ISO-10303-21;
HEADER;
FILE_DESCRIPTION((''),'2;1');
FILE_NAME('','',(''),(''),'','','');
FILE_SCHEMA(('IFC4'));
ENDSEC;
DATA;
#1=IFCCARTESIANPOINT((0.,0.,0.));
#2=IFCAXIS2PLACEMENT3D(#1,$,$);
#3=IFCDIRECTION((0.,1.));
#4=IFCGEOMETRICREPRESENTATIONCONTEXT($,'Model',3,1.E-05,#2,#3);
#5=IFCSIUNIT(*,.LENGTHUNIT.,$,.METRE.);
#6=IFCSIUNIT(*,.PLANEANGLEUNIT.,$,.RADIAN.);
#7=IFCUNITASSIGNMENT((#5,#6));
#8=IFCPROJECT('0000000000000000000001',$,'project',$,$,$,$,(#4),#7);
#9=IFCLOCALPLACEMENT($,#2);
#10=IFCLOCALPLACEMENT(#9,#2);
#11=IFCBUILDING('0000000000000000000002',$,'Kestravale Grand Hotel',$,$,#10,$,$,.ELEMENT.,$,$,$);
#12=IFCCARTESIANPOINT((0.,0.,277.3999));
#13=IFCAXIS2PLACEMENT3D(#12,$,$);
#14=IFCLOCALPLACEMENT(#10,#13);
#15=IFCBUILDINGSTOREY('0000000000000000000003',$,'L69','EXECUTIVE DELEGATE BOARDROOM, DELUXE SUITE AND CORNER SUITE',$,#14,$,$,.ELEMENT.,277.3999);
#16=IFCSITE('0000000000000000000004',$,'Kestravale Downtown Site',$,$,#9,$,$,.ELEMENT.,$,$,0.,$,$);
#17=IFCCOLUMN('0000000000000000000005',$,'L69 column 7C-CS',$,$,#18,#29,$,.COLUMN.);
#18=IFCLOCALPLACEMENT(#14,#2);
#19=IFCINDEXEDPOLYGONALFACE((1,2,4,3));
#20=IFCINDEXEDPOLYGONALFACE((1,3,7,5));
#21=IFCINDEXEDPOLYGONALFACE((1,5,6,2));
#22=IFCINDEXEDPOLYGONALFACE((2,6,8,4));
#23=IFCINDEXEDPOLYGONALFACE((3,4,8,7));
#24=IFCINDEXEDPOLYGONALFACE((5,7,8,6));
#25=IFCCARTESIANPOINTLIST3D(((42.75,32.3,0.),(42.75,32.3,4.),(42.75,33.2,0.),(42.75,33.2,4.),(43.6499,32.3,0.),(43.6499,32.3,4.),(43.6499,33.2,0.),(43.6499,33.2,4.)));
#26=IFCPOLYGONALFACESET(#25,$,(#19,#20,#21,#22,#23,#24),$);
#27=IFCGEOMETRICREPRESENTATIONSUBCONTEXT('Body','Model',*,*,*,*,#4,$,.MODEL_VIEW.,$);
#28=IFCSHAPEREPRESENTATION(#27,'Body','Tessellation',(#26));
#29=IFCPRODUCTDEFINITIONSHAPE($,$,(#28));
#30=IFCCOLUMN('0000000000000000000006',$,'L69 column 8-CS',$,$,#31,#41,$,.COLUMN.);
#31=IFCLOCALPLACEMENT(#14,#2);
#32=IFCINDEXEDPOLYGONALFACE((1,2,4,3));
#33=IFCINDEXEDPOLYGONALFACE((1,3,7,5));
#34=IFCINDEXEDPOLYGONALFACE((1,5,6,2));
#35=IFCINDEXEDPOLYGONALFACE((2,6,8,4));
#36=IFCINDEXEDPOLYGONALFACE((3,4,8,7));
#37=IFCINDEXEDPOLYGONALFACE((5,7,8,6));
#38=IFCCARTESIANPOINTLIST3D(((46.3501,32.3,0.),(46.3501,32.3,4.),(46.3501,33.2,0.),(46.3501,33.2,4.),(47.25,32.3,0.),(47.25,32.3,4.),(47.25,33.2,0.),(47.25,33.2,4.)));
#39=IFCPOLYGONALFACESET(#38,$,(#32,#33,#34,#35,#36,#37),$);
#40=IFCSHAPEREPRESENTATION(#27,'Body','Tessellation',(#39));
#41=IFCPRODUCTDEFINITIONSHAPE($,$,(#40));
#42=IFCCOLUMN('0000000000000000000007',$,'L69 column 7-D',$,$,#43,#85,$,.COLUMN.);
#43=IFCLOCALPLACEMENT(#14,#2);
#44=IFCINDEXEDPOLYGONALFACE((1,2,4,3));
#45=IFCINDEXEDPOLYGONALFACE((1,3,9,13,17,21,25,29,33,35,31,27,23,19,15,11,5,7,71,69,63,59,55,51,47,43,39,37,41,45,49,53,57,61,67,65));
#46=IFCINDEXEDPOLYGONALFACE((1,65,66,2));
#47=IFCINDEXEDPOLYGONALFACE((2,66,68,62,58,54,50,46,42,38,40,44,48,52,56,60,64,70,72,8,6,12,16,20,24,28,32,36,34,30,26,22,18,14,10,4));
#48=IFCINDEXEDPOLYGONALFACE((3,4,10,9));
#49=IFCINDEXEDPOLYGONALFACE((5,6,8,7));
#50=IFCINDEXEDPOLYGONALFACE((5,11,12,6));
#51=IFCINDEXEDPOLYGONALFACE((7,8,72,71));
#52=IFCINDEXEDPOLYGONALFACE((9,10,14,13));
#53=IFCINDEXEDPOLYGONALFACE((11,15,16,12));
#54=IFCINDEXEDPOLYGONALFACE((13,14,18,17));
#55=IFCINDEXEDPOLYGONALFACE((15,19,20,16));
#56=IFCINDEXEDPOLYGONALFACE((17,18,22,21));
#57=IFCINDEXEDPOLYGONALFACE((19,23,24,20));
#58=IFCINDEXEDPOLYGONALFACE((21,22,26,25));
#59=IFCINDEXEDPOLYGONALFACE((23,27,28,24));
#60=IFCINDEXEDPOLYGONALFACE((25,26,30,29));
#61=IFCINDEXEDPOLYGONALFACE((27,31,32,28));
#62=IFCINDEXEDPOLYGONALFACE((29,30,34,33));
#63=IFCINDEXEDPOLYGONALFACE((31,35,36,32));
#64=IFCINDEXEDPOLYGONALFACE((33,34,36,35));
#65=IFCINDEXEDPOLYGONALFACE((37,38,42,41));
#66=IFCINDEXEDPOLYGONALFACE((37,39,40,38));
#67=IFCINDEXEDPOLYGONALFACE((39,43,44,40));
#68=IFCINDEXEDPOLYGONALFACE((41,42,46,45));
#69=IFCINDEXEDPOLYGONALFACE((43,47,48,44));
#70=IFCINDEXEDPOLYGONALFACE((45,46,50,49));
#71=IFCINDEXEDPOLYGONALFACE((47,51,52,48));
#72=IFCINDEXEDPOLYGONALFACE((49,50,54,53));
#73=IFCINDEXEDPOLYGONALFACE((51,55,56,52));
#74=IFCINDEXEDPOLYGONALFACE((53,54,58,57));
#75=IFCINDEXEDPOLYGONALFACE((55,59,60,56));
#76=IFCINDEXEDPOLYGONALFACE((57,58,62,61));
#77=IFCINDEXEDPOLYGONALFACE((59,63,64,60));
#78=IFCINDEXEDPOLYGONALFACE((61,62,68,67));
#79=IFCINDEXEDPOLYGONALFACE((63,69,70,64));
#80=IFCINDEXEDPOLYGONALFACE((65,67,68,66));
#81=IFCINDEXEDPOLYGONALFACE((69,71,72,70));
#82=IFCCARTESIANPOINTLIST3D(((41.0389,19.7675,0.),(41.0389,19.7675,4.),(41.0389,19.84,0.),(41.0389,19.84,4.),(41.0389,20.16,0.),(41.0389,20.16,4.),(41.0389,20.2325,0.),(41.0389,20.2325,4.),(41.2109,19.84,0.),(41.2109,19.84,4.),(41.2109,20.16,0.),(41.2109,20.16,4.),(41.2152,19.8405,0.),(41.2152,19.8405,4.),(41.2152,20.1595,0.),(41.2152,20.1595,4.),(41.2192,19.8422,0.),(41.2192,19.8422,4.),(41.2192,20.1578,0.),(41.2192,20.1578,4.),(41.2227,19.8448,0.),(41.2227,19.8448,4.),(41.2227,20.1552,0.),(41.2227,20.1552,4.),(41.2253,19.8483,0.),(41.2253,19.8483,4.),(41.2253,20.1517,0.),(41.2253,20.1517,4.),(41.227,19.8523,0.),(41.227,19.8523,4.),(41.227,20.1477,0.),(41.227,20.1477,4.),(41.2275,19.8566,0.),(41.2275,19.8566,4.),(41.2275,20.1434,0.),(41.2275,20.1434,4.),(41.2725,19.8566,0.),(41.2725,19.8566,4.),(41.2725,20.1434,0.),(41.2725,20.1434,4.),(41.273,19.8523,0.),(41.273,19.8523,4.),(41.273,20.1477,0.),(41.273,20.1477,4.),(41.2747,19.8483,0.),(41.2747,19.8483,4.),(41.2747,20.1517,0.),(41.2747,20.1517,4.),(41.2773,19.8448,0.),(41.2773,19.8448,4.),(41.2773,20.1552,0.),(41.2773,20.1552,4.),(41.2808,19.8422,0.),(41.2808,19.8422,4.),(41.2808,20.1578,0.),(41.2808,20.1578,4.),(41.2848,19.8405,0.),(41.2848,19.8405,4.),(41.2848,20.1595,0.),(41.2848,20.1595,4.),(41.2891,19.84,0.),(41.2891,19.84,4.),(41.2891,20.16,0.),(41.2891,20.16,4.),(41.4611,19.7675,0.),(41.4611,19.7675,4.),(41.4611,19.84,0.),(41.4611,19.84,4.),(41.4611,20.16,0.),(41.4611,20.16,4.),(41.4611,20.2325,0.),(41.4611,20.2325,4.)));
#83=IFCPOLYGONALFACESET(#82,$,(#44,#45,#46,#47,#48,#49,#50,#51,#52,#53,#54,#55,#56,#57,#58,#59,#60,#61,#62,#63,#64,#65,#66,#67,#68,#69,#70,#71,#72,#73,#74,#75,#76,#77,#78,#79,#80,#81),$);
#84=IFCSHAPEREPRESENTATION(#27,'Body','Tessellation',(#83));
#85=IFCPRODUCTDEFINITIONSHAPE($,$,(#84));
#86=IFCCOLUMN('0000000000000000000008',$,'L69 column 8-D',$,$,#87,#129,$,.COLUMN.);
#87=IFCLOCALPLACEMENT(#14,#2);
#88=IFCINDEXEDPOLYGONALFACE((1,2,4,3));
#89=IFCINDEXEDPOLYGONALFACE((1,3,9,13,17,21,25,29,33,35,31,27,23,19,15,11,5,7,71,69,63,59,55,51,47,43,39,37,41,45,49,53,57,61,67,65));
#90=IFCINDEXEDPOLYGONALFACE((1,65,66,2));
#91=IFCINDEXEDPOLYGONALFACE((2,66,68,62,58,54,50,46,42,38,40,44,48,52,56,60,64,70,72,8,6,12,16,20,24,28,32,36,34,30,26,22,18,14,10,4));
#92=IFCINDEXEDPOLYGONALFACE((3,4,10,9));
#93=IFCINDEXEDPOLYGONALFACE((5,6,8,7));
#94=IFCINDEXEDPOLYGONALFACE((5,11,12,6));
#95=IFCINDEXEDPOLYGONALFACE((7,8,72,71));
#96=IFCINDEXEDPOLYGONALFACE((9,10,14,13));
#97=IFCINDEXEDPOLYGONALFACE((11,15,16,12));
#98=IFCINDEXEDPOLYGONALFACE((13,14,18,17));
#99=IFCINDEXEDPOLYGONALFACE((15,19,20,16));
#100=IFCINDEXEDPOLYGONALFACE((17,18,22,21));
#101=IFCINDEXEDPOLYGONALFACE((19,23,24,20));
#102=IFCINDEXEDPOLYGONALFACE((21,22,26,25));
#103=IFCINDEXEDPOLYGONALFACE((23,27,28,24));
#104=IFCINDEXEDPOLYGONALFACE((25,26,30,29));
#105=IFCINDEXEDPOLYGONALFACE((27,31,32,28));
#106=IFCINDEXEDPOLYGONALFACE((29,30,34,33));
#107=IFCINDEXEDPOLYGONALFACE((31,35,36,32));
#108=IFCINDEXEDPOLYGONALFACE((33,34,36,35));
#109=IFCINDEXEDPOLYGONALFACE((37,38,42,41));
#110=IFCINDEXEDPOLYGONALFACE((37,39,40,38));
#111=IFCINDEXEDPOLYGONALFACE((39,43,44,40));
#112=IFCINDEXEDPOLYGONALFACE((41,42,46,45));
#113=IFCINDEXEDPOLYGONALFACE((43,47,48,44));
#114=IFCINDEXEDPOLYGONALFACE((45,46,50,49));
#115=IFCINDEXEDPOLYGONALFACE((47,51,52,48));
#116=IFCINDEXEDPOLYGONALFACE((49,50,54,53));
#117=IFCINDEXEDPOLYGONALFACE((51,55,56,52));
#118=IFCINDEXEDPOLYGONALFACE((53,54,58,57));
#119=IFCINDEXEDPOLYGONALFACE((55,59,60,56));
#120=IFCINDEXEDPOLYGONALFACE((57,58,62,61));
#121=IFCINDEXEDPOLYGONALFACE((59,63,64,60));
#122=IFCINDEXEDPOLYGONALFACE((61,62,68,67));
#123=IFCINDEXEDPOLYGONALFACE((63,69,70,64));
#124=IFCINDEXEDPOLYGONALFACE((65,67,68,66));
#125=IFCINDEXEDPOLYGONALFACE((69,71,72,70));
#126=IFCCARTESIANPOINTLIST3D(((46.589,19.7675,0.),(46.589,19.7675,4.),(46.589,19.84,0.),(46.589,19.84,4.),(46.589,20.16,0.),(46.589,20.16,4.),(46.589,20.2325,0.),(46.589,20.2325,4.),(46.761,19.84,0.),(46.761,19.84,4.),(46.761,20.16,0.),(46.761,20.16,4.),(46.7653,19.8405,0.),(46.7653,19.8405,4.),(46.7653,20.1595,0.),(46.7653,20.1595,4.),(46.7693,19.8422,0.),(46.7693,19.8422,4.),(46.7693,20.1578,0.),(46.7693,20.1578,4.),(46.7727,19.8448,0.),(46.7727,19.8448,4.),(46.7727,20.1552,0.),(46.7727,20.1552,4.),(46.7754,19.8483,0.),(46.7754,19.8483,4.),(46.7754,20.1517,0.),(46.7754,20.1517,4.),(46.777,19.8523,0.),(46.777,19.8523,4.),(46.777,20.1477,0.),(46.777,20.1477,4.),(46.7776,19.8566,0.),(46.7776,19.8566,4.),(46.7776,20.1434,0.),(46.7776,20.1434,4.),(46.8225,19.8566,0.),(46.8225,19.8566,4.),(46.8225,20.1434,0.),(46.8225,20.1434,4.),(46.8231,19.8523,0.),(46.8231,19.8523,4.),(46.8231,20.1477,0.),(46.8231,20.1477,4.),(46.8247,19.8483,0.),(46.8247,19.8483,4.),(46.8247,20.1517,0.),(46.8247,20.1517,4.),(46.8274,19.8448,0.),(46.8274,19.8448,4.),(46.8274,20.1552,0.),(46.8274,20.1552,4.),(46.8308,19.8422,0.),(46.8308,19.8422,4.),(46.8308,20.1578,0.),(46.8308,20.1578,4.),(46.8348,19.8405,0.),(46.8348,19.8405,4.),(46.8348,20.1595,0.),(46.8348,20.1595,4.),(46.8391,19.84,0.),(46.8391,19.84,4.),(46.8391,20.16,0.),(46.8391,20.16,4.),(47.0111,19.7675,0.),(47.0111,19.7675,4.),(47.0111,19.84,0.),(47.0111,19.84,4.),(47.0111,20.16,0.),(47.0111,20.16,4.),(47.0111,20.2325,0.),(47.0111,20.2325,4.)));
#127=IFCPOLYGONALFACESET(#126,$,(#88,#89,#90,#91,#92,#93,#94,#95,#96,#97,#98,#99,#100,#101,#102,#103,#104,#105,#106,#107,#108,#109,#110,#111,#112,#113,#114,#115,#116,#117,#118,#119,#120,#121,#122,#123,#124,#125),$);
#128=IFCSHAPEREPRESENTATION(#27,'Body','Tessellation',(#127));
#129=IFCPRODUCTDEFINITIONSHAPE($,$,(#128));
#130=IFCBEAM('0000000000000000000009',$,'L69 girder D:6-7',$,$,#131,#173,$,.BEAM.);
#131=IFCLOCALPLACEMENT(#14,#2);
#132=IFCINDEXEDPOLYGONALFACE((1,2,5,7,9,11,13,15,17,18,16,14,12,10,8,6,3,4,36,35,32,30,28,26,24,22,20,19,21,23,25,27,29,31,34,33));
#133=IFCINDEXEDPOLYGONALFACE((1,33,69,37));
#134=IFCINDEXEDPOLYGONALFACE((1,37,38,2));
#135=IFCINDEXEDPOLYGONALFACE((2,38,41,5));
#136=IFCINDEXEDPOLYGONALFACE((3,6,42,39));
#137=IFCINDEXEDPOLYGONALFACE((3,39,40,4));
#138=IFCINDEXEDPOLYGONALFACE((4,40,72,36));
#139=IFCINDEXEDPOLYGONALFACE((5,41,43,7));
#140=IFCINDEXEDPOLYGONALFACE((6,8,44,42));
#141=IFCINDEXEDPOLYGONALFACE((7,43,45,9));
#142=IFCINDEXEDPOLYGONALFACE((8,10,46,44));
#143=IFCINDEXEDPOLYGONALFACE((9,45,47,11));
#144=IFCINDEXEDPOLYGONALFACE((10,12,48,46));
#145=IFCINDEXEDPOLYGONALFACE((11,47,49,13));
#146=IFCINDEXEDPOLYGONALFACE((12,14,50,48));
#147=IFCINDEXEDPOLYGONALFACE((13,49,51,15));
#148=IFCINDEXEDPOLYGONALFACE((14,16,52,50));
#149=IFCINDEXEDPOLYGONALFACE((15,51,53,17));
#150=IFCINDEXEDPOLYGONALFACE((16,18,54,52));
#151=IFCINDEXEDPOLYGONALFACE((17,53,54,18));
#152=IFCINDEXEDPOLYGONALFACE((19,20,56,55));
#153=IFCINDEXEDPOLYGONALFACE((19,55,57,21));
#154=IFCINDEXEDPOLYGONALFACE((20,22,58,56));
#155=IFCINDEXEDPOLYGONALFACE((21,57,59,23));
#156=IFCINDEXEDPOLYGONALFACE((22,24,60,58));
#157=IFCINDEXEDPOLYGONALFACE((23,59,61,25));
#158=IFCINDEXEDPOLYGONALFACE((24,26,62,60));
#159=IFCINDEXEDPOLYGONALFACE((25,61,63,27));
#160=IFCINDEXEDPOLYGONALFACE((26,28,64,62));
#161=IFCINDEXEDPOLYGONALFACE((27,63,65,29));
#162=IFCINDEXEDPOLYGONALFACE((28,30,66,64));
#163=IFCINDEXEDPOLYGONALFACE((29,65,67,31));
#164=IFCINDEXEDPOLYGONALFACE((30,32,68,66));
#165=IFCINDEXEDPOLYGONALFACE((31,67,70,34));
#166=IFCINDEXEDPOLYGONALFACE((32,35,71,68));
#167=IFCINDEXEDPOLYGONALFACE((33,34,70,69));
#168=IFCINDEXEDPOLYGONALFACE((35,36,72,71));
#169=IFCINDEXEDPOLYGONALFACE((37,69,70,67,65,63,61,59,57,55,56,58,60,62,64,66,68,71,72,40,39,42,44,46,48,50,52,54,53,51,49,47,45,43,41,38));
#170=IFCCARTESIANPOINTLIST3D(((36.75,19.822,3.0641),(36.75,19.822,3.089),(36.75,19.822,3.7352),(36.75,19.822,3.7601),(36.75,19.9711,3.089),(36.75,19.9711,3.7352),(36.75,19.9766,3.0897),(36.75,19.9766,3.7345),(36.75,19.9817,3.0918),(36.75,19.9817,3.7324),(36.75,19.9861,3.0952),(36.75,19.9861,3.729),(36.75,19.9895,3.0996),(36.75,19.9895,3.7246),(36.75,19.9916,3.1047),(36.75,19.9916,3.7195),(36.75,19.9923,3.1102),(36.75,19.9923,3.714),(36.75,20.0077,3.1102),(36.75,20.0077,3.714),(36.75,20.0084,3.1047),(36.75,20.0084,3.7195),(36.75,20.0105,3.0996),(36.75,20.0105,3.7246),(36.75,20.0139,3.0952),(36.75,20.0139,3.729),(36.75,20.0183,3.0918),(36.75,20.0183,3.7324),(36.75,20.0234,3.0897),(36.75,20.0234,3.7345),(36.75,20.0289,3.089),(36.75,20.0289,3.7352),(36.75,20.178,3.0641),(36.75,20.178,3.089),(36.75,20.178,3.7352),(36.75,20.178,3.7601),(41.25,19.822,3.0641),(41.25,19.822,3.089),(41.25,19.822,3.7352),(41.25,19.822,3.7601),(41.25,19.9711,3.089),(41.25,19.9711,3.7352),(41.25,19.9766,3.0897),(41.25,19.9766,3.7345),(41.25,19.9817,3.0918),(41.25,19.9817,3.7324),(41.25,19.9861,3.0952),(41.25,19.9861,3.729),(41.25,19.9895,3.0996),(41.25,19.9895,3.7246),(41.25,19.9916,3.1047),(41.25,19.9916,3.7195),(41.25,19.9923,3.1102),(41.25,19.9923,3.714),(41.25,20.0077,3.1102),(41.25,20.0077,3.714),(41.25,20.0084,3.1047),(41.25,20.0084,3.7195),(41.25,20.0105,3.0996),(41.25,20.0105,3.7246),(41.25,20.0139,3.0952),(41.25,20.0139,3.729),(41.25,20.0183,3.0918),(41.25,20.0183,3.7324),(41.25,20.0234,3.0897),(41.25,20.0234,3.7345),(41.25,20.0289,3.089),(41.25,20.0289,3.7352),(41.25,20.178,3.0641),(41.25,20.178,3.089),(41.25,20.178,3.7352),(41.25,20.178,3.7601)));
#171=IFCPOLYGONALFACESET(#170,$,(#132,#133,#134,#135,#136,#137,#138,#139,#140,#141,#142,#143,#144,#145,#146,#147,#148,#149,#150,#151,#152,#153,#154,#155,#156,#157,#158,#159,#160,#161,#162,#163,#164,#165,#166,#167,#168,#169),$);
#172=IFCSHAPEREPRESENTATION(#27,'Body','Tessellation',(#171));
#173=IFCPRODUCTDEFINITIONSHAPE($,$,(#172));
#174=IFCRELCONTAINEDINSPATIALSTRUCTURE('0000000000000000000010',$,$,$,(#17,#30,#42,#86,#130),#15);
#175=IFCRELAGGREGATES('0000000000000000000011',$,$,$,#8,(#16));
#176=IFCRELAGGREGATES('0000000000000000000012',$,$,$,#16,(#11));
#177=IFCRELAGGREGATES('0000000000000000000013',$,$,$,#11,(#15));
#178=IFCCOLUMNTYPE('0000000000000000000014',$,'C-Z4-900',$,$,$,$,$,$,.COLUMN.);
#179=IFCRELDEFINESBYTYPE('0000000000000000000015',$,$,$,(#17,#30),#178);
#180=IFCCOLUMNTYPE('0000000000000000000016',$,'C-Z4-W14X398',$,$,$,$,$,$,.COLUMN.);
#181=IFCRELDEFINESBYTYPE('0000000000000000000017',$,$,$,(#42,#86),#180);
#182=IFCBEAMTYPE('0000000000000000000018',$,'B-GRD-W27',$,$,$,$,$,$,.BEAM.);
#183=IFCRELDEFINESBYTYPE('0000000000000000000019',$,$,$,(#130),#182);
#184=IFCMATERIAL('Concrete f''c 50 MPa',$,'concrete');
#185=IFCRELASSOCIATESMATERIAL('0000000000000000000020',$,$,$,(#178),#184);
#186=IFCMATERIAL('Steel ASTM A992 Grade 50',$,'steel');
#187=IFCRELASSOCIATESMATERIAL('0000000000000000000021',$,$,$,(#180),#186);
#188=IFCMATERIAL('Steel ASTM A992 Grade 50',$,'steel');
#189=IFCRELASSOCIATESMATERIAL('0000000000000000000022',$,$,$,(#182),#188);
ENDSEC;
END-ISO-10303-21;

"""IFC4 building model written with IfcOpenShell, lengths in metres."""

from ifc_helpers import new_model, si_unit, direction, frame, origin, origin_2d, place, context, subcontext, project, spatial, rectangle, i_section, extrude, material, material_profile, profile_set, type_object, element, save


model = new_model("IFC4")

# Units and contexts
model_context = context("Model", 3, precision=1e-05, world=origin(), true_north=direction((0.0, 1.0)))
body_context = subcontext(model_context, "Body", "Model", "MODEL_VIEW")
ifc_project = project(units=[si_unit("LENGTHUNIT", "METRE"), si_unit("PLANEANGLEUNIT", "RADIAN")], contexts=[model_context])

# Site, building, storey
site_placement = place(None, origin())
site = spatial("IfcSite", under=ifc_project, at=site_placement, Name="Kestravale Downtown Site", CompositionType="ELEMENT", RefElevation=0.0)
building_placement = place(site_placement, origin())
building = spatial("IfcBuilding", under=site, at=building_placement, Name="Kestravale Grand Hotel", CompositionType="ELEMENT")
storey_placement = place(building_placement, frame((0.0, 0.0, 277.3999)))
storey = spatial("IfcBuildingStorey", under=building, at=storey_placement, Name="L69", Description="EXECUTIVE DELEGATE BOARDROOM, DELUXE SUITE AND CORNER SUITE", CompositionType="ELEMENT", Elevation=277.3999)

# Columns
ifc_material_1 = material(Name="Concrete f'c 50 MPa", Category="concrete")
ifc_material_profile_1 = material_profile(ifc_material_1, rectangle(XDim=0.8999, YDim=0.8999, at=origin_2d()))
ifc_profile_set_1 = profile_set([ifc_material_profile_1], Name="Concrete f'c 50 MPa")
column_type_1 = type_object("IfcColumnType", Name="C-Z4-900", PredefinedType="COLUMN", material=ifc_profile_set_1)
for number, where, z_axis, x_axis, name in (
    (1, (43.2, 32.75, 0.0), (0.0, 0.0, 1.0), (1.0, 0.0, 0.0), "L69 column 7C-CS"),
    (2, (46.8, 32.75, 0.0), (0.0, 0.0, 1.0), (1.0, 0.0, 0.0), "L69 column 8-CS"),
):
    element("IfcColumn", number, at=place(storey_placement, frame(where, z_axis=z_axis, x_axis=x_axis)), inside=storey, type_object=column_type_1, Name=name, PredefinedType="COLUMN", context=body_context, shape_type="SweptSolid", body=[
        extrude(rectangle(XDim=0.8999, YDim=0.8999, at=origin_2d()), origin(), (0.0, 0.0, 1.0), 4.0),
    ])
ifc_material_2 = material(Name="Steel ASTM A992 Grade 50", Category="steel")
ifc_material_profile_2 = material_profile(ifc_material_2, i_section(OverallWidth=0.4221, OverallDepth=0.4651, WebThickness=0.0449, FlangeThickness=0.0725, FilletRadius=0.0166, at=origin_2d()))
ifc_profile_set_2 = profile_set([ifc_material_profile_2], Name="Steel ASTM A992 Grade 50")
column_type_2 = type_object("IfcColumnType", Name="C-Z4-W14X398", PredefinedType="COLUMN", material=ifc_profile_set_2)
for number, where, z_axis, x_axis, name in (
    (3, (41.25, 20.0, 0.0), (0.0, 0.0, 1.0), (1.0, 0.0, 0.0), "L69 column 7-D"),
    (4, (46.8, 20.0, 0.0), (0.0, 0.0, 1.0), (1.0, 0.0, 0.0), "L69 column 8-D"),
):
    element("IfcColumn", number, at=place(storey_placement, frame(where, z_axis=z_axis, x_axis=x_axis)), inside=storey, type_object=column_type_2, Name=name, PredefinedType="COLUMN", context=body_context, shape_type="SweptSolid", body=[
        extrude(i_section(OverallWidth=0.4221, OverallDepth=0.4651, WebThickness=0.0449, FlangeThickness=0.0725, FilletRadius=0.0166, at=origin_2d()), origin(), (0.0, 0.0, 1.0), 4.0),
    ])

# Beam
ifc_material_3 = material(Name="Steel ASTM A992 Grade 50", Category="steel")
ifc_material_profile_3 = material_profile(ifc_material_3, i_section(OverallWidth=0.356, OverallDepth=0.696, WebThickness=0.0154, FlangeThickness=0.0249, FilletRadius=0.0212, at=origin_2d()))
ifc_profile_set_3 = profile_set([ifc_material_profile_3], Name="Steel ASTM A992 Grade 50")
beam_type = type_object("IfcBeamType", Name="B-GRD-W27", PredefinedType="BEAM", material=ifc_profile_set_3)
beam_1_placement = place(storey_placement, frame((36.75, 20.0, 3.4121), z_axis=(1.0, 0.0, 0.0), x_axis=(0.0, 1.0, 0.0)))
element("IfcBeam", 5, at=beam_1_placement, inside=storey, type_object=beam_type, Name="L69 girder D:6-7", PredefinedType="BEAM", context=body_context, shape_type="SweptSolid", body=[
    extrude(i_section(OverallWidth=0.356, OverallDepth=0.696, WebThickness=0.0154, FlangeThickness=0.0249, FilletRadius=0.0212, at=origin_2d()), origin(), (0.0, 0.0, 1.0), 4.5),
])

save(model, "model.ifc")
